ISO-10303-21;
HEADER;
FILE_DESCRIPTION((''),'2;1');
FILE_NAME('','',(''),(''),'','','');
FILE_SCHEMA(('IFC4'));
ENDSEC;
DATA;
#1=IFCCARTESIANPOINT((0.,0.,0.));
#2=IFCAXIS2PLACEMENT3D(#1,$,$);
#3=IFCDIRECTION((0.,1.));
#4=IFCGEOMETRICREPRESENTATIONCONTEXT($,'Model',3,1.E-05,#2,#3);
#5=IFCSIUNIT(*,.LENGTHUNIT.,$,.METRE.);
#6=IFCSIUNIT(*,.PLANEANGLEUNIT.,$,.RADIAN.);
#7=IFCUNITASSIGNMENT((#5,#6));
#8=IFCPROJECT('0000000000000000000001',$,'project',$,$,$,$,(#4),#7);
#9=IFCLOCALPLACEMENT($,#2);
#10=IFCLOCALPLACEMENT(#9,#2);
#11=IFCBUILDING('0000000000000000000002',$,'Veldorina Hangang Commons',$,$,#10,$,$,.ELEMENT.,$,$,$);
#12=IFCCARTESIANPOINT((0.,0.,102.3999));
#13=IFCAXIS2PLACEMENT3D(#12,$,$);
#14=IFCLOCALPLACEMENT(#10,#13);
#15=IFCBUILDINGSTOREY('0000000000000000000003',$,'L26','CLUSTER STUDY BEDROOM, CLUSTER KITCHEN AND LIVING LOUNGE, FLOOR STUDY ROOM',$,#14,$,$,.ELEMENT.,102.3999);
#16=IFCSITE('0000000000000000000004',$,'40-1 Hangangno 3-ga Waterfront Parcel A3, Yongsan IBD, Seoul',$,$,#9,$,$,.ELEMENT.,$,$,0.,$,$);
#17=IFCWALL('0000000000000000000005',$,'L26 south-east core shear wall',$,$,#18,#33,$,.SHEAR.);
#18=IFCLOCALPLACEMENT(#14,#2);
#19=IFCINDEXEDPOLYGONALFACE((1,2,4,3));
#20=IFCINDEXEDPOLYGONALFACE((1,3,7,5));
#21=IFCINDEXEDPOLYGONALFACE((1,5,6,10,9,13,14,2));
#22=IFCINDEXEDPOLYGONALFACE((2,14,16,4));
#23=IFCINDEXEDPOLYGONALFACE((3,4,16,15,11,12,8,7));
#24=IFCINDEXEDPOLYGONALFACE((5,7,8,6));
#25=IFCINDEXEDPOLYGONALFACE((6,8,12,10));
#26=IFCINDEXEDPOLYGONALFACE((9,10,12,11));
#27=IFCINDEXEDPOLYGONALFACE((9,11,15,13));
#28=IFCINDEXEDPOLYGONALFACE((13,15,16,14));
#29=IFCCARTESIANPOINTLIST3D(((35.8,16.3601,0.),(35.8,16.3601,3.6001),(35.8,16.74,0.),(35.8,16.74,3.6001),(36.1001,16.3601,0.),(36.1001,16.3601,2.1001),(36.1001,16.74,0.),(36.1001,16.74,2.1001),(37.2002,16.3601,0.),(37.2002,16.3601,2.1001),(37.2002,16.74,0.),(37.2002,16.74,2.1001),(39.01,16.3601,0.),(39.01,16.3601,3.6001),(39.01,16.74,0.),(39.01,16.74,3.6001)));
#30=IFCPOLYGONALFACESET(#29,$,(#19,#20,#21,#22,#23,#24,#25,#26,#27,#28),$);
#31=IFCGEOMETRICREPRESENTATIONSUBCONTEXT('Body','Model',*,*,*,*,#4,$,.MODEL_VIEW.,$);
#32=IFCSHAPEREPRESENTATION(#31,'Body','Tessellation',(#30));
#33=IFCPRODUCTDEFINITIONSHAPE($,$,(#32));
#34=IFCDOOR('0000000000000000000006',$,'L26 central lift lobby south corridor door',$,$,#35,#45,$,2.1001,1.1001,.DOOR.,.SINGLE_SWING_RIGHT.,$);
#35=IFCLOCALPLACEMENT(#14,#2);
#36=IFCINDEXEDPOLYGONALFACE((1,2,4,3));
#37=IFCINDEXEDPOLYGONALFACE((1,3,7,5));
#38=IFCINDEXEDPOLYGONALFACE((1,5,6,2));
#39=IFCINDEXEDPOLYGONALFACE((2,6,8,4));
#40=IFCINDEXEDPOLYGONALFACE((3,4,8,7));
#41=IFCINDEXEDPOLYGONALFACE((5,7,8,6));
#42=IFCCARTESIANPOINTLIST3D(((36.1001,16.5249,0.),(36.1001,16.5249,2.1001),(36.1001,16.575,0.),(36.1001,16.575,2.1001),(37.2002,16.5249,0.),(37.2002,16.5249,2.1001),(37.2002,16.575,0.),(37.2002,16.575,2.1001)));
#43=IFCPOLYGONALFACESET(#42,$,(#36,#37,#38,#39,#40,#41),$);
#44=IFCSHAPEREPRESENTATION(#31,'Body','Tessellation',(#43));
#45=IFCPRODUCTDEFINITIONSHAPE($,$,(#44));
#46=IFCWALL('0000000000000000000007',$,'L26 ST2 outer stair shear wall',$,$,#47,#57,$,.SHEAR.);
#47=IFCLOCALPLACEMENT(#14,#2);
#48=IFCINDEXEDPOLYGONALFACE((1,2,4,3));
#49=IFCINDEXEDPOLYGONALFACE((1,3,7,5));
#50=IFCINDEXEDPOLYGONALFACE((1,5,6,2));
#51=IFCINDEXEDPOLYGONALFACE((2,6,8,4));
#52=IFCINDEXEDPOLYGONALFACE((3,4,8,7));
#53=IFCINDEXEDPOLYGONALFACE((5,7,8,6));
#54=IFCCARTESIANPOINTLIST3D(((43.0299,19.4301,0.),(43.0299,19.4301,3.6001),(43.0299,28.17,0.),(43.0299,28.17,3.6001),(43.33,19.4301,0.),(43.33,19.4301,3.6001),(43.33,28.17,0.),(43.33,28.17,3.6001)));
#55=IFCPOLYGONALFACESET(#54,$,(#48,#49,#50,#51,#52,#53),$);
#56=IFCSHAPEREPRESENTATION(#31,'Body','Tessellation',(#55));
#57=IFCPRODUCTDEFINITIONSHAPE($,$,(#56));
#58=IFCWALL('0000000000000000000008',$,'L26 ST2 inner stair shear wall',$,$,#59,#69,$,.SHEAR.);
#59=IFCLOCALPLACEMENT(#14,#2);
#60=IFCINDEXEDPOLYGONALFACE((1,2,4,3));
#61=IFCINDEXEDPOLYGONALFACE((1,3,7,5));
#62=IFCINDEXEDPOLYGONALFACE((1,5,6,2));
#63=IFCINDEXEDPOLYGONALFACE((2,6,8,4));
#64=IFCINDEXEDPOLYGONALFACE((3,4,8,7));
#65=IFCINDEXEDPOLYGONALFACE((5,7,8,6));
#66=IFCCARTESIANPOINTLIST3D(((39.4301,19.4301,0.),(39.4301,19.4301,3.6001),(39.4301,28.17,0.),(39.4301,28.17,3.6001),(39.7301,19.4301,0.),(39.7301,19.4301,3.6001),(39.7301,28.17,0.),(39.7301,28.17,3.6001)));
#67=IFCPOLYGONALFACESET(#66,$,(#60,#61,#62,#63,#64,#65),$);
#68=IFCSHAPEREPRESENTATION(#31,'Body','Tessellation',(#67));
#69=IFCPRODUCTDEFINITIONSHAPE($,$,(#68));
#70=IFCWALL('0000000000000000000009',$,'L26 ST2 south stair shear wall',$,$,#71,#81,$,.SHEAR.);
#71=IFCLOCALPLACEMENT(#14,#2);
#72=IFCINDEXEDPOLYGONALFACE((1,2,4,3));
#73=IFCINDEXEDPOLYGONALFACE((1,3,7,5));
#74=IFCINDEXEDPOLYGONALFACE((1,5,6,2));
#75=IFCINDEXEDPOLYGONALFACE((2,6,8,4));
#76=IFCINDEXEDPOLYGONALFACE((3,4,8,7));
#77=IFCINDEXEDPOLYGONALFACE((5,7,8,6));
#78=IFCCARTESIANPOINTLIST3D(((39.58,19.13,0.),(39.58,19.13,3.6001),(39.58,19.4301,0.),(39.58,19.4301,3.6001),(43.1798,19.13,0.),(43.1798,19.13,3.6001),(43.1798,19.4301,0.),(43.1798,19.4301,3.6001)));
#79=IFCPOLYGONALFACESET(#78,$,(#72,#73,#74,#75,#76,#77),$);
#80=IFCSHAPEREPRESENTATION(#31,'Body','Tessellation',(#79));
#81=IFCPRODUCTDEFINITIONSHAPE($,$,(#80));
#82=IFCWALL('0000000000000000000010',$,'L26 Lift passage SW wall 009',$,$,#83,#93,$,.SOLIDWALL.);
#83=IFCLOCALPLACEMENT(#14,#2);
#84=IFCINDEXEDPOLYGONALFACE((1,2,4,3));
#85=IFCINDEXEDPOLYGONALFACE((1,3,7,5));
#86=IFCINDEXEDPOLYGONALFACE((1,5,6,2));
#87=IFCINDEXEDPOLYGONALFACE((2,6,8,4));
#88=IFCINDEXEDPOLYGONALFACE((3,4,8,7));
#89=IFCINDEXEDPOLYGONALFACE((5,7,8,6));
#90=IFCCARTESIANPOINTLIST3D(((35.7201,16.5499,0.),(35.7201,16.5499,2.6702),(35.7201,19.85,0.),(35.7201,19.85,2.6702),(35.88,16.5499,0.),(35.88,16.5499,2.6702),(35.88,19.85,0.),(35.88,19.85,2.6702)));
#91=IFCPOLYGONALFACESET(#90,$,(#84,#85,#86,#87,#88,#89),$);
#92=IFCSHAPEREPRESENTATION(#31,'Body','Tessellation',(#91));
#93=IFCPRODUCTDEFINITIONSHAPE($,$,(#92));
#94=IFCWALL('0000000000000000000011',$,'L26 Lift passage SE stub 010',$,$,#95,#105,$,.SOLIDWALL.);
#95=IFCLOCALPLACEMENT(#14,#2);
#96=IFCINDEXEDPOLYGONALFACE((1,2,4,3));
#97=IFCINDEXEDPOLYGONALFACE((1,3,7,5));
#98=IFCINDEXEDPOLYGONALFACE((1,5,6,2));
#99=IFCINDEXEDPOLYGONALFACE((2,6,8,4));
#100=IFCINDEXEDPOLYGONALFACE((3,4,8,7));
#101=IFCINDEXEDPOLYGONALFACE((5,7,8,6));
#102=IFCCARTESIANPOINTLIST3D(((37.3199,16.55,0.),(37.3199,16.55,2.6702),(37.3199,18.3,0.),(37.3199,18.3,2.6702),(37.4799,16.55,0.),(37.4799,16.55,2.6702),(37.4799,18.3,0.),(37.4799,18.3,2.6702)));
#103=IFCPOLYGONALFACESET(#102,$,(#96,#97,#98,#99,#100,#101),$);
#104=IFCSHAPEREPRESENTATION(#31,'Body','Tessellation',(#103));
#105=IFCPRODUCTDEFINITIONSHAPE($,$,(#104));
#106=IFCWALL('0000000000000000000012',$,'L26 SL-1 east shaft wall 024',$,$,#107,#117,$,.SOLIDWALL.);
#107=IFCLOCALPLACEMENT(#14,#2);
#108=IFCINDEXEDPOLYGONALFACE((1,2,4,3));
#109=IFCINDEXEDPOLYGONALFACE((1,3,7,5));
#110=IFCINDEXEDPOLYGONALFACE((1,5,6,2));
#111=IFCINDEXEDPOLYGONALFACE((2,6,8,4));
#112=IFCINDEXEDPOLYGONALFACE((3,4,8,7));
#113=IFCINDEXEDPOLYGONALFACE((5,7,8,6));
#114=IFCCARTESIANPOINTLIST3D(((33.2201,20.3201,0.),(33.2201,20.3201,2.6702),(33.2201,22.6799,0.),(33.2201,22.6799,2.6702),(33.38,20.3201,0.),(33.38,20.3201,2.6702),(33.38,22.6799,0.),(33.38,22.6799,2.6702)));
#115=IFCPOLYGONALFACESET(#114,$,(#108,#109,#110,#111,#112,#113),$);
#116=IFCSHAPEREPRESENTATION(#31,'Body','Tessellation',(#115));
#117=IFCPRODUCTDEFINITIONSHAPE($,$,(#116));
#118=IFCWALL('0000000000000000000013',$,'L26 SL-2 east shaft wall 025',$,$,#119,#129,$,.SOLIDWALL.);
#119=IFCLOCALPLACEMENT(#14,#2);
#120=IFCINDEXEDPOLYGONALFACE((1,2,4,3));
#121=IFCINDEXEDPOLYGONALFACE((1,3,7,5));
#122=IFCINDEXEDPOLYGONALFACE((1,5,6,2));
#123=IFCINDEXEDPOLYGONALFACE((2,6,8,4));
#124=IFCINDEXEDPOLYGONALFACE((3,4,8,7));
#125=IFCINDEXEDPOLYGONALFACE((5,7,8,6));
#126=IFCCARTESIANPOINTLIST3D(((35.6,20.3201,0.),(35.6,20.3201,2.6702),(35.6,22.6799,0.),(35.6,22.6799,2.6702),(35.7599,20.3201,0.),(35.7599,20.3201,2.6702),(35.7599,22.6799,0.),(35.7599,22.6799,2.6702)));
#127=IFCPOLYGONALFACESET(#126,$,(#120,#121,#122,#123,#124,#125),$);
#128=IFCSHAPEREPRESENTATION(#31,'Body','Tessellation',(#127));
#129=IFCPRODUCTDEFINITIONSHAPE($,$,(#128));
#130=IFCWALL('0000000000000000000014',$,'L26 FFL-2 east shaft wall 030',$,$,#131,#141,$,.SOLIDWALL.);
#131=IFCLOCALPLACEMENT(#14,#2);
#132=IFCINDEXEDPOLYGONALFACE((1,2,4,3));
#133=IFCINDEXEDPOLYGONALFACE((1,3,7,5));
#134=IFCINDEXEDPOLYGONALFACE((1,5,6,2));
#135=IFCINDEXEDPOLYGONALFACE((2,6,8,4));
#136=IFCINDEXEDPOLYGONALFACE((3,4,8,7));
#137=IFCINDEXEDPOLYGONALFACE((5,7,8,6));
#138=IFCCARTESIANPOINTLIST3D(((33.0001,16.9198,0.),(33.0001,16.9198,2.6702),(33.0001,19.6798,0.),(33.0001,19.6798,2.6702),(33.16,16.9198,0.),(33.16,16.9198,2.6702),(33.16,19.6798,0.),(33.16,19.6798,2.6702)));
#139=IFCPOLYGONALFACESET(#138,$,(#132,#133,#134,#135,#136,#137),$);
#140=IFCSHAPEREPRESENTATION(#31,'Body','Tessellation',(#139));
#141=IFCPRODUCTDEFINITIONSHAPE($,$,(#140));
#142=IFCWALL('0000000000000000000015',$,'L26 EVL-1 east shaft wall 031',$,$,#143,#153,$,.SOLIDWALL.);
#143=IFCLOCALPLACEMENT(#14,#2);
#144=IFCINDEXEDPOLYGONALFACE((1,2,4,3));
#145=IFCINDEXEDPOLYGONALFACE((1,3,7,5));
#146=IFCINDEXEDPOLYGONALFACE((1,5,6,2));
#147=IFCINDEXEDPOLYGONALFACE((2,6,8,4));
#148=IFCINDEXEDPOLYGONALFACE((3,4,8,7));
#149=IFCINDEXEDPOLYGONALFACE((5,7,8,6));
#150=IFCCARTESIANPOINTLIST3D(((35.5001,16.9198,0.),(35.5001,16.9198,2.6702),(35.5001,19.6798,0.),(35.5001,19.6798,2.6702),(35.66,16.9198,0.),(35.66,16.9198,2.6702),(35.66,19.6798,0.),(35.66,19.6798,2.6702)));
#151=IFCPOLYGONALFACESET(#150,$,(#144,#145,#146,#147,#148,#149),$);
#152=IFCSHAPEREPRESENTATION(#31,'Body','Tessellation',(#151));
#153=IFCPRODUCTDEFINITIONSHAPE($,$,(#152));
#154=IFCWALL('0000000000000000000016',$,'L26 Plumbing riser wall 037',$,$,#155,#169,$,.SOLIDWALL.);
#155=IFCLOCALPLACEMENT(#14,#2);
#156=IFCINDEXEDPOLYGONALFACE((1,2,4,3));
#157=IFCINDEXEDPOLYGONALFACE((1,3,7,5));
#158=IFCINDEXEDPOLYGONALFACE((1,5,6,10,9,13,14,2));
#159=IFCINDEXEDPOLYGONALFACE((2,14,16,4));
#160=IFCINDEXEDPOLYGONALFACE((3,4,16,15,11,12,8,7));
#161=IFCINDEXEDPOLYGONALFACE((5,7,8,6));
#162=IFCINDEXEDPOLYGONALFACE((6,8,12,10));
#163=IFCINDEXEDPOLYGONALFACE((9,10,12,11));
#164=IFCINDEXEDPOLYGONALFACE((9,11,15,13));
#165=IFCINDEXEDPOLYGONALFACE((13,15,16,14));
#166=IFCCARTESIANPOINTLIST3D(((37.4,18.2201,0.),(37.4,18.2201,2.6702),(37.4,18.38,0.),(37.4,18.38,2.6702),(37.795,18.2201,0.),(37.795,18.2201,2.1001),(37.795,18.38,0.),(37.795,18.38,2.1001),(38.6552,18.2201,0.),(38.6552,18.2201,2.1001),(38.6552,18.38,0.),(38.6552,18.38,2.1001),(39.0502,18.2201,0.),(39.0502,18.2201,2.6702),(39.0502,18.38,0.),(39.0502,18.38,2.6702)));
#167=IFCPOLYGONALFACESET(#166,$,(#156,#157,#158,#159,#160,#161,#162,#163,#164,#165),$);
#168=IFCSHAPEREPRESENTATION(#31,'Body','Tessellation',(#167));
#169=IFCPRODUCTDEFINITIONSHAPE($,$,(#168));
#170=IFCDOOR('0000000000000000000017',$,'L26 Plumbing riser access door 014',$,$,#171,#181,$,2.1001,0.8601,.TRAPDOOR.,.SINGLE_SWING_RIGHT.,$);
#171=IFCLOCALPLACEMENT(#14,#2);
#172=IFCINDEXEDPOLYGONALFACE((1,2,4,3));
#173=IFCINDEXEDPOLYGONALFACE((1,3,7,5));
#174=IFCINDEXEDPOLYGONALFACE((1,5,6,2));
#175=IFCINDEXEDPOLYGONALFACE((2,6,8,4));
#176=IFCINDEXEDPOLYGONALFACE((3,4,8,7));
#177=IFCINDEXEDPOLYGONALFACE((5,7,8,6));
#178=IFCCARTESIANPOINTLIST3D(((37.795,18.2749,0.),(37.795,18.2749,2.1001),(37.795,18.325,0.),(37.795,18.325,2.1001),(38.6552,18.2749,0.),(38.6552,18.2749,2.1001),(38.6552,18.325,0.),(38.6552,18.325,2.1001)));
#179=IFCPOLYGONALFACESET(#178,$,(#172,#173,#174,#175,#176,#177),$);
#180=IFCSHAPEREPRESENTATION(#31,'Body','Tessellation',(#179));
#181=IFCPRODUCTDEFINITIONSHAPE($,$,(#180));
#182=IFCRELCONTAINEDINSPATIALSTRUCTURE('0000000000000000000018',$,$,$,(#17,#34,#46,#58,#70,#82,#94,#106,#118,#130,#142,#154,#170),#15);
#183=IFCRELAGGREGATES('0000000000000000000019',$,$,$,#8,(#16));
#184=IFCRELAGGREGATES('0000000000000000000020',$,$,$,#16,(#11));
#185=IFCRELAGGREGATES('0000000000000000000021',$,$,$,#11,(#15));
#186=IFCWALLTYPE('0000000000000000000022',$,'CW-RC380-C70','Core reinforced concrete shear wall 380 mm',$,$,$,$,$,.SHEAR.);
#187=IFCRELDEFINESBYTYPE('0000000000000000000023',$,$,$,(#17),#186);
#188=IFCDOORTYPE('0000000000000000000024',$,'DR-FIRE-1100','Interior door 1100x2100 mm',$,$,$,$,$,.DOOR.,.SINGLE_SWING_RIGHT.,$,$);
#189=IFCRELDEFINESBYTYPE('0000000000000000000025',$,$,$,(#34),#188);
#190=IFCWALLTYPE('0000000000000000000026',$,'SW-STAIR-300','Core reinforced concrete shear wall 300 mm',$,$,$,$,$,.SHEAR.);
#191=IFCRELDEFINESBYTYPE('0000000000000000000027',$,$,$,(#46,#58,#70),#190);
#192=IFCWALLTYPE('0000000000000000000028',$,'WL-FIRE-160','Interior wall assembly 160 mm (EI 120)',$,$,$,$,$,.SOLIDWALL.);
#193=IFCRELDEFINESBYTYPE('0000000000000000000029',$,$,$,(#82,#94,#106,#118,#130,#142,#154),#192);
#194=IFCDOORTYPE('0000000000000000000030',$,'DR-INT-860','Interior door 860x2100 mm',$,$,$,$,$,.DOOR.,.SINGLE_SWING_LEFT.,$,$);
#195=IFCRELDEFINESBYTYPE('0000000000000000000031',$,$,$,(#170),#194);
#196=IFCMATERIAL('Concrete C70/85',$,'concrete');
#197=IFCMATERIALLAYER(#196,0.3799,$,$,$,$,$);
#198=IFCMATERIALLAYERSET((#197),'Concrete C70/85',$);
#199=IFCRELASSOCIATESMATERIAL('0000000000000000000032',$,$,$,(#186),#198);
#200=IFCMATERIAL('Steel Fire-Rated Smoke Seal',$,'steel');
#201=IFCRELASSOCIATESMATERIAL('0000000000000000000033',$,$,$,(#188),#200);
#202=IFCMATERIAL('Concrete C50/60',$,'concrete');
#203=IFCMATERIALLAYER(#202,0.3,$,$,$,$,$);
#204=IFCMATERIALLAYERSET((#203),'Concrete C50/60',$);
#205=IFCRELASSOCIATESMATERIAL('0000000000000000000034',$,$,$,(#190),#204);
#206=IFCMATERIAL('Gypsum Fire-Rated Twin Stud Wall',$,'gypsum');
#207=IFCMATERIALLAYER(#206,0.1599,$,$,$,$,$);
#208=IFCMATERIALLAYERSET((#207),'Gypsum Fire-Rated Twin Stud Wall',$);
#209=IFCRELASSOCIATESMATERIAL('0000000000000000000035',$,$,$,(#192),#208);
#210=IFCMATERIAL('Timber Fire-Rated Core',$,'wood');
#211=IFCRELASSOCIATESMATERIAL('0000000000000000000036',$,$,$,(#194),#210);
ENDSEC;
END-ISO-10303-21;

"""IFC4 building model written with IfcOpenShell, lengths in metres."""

from ifc_helpers import new_model, si_unit, direction, frame, frame_2d, origin, place, context, subcontext, project, spatial, rectangle, extrude, material, layer, layer_set, type_object, element, fill, save


model = new_model("IFC4")

# Units and contexts
model_context = context("Model", 3, precision=1e-05, world=origin(), true_north=direction((0.0, 1.0)))
body_context = subcontext(model_context, "Body", "Model", "MODEL_VIEW")
ifc_project = project(units=[si_unit("LENGTHUNIT", "METRE"), si_unit("PLANEANGLEUNIT", "RADIAN")], contexts=[model_context])

# Site, building, storey
site_placement = place(None, origin())
site = spatial("IfcSite", under=ifc_project, at=site_placement, Name="40-1 Hangangno 3-ga Waterfront Parcel A3, Yongsan IBD, Seoul", CompositionType="ELEMENT", RefElevation=0.0)
building_placement = place(site_placement, origin())
building = spatial("IfcBuilding", under=site, at=building_placement, Name="Veldorina Hangang Commons", CompositionType="ELEMENT")
storey_placement = place(building_placement, frame((0.0, 0.0, 102.3999)))
storey = spatial("IfcBuildingStorey", under=building, at=storey_placement, Name="L26", Description="CLUSTER STUDY BEDROOM, CLUSTER KITCHEN AND LIVING LOUNGE, FLOOR STUDY ROOM", CompositionType="ELEMENT", Elevation=102.3999)

# Shared definitions
ifc_material_1 = material(Name="Concrete C70/85", Category="concrete")

# Shared definitions
ifc_layer_1 = layer(ifc_material_1, 0.3799)
ifc_layer_set_1 = layer_set([ifc_layer_1], Name="Concrete C70/85")
wall_type_1 = type_object("IfcWallType", Name="CW-RC380-C70", Description="Core reinforced concrete shear wall 380 mm", PredefinedType="SHEAR", material=ifc_layer_set_1)

# Wall, opening, door
wall_1_placement = place(storey_placement, frame((35.8, 16.55, 0.0), z_axis=(0.0, 0.0, 1.0), x_axis=(1.0, 0.0, 0.0)))
wall_1 = element("IfcWall", 1, at=wall_1_placement, inside=storey, type_object=wall_type_1, Name="L26 south-east core shear wall", PredefinedType="SHEAR", context=body_context, shape_type="SweptSolid", body=[
    extrude(rectangle(XDim=3.21, YDim=0.3799, at=frame_2d((1.605, 0.0))), origin(), (0.0, 0.0, 1.0), 3.6001),
])
opening_1_placement = place(wall_1_placement, frame((0.3, 0.0, 0.0)))
opening_1 = element("IfcOpeningElement", 2, at=opening_1_placement, cuts=wall_1, PredefinedType="OPENING", context=body_context, shape_type="SweptSolid", body=[
    extrude(rectangle(XDim=1.1001, YDim=2.1001, at=frame_2d((0.55, 1.05))), frame((0.0, 0.2, 0.0), z_axis=(0.0, -1.0, 0.0), x_axis=(1.0, 0.0, 0.0)), (0.0, 0.0, 1.0), 0.3999),
])
ifc_material_2 = material(Name="Steel Fire-Rated Smoke Seal", Category="steel")
door_type_1 = type_object("IfcDoorType", Name="DR-FIRE-1100", Description="Interior door 1100x2100 mm", OperationType="SINGLE_SWING_RIGHT", PredefinedType="DOOR", material=ifc_material_2)
door_1_placement = place(opening_1_placement, origin())
door_1 = element("IfcDoor", 3, at=door_1_placement, inside=storey, type_object=door_type_1, Name="L26 central lift lobby south corridor door", OperationType="SINGLE_SWING_RIGHT", OverallHeight=2.1001, OverallWidth=1.1001, PredefinedType="DOOR", context=body_context, shape_type="SweptSolid", body=[
    extrude(rectangle(XDim=1.1001, YDim=2.1001, at=frame_2d((0.55, 1.05))), frame((0.0, 0.0249, 0.0), z_axis=(0.0, -1.0, 0.0), x_axis=(1.0, 0.0, 0.0)), (0.0, 0.0, 1.0), 0.05),
])
fill(opening_1, door_1)

# Walls
ifc_material_3 = material(Name="Concrete C50/60", Category="concrete")
ifc_layer_2 = layer(ifc_material_3, 0.3)
ifc_layer_set_2 = layer_set([ifc_layer_2], Name="Concrete C50/60")
wall_type_2 = type_object("IfcWallType", Name="SW-STAIR-300", Description="Core reinforced concrete shear wall 300 mm", PredefinedType="SHEAR", material=ifc_layer_set_2)
for number, where, z_axis, x_axis, name in (
    (4, (43.1799, 19.4299, 0.0), (0.0, 0.0, 1.0), (0.0, 1.0, 0.0), "L26 ST2 outer stair shear wall"),
    (5, (39.5801, 19.4299, 0.0), (0.0, 0.0, 1.0), (0.0, 1.0, 0.0), "L26 ST2 inner stair shear wall"),
):
    element("IfcWall", number, at=place(storey_placement, frame(where, z_axis=z_axis, x_axis=x_axis)), inside=storey, type_object=wall_type_2, Name=name, PredefinedType="SHEAR", context=body_context, shape_type="SweptSolid", body=[
        extrude(rectangle(XDim=8.74, YDim=0.3, at=frame_2d((4.3701, 0.0))), origin(), (0.0, 0.0, 1.0), 3.6001),
    ])
wall_2_placement = place(storey_placement, frame((39.5801, 19.28, 0.0), z_axis=(0.0, 0.0, 1.0), x_axis=(1.0, 0.0, 0.0)))
element("IfcWall", 6, at=wall_2_placement, inside=storey, type_object=wall_type_2, Name="L26 ST2 south stair shear wall", PredefinedType="SHEAR", context=body_context, shape_type="SweptSolid", body=[
    extrude(rectangle(XDim=3.5999, YDim=0.3, at=frame_2d((1.7998, 0.0))), origin(), (0.0, 0.0, 1.0), 3.6001),
])
ifc_material_4 = material(Name="Gypsum Fire-Rated Twin Stud Wall", Category="gypsum")
ifc_layer_3 = layer(ifc_material_4, 0.1599)
ifc_layer_set_3 = layer_set([ifc_layer_3], Name="Gypsum Fire-Rated Twin Stud Wall")
wall_type_3 = type_object("IfcWallType", Name="WL-FIRE-160", Description="Interior wall assembly 160 mm (EI 120)", PredefinedType="SOLIDWALL", material=ifc_layer_set_3)
wall_3_placement = place(storey_placement, frame((35.8, 16.55, 0.0), z_axis=(0.0, 0.0, 1.0), x_axis=(0.0, 1.0, 0.0)))
element("IfcWall", 7, at=wall_3_placement, inside=storey, type_object=wall_type_3, Name="L26 Lift passage SW wall 009", PredefinedType="SOLIDWALL", context=body_context, shape_type="SweptSolid", body=[
    extrude(rectangle(XDim=3.3, YDim=0.1599, at=frame_2d((1.6499, 0.0))), origin(), (0.0, 0.0, 1.0), 2.6702),
])
wall_4_placement = place(storey_placement, frame((37.3999, 16.55, 0.0), z_axis=(0.0, 0.0, 1.0), x_axis=(0.0, 1.0, 0.0)))
element("IfcWall", 8, at=wall_4_placement, inside=storey, type_object=wall_type_3, Name="L26 Lift passage SE stub 010", PredefinedType="SOLIDWALL", context=body_context, shape_type="SweptSolid", body=[
    extrude(rectangle(XDim=1.75, YDim=0.1599, at=frame_2d((0.875, 0.0))), origin(), (0.0, 0.0, 1.0), 2.6702),
])
for number, where, z_axis, x_axis, name in (
    (9, (33.3, 20.3201, 0.0), (0.0, 0.0, 1.0), (0.0, 1.0, 0.0), "L26 SL-1 east shaft wall 024"),
    (10, (35.6799, 20.3201, 0.0), (0.0, 0.0, 1.0), (0.0, 1.0, 0.0), "L26 SL-2 east shaft wall 025"),
):
    element("IfcWall", number, at=place(storey_placement, frame(where, z_axis=z_axis, x_axis=x_axis)), inside=storey, type_object=wall_type_3, Name=name, PredefinedType="SOLIDWALL", context=body_context, shape_type="SweptSolid", body=[
        extrude(rectangle(XDim=2.3599, YDim=0.1599, at=frame_2d((1.1799, 0.0))), origin(), (0.0, 0.0, 1.0), 2.6702),
    ])
for number, where, z_axis, x_axis, name in (
    (11, (33.0801, 16.9199, 0.0), (0.0, 0.0, 1.0), (0.0, 1.0, 0.0), "L26 FFL-2 east shaft wall 030"),
    (12, (35.5801, 16.9199, 0.0), (0.0, 0.0, 1.0), (0.0, 1.0, 0.0), "L26 EVL-1 east shaft wall 031"),
):
    element("IfcWall", number, at=place(storey_placement, frame(where, z_axis=z_axis, x_axis=x_axis)), inside=storey, type_object=wall_type_3, Name=name, PredefinedType="SOLIDWALL", context=body_context, shape_type="SweptSolid", body=[
        extrude(rectangle(XDim=2.76, YDim=0.1599, at=frame_2d((1.3799, 0.0))), origin(), (0.0, 0.0, 1.0), 2.6702),
    ])

# Wall, opening, door
wall_5_placement = place(storey_placement, frame((37.3999, 18.3, 0.0), z_axis=(0.0, 0.0, 1.0), x_axis=(1.0, 0.0, 0.0)))
wall_5 = element("IfcWall", 13, at=wall_5_placement, inside=storey, type_object=wall_type_3, Name="L26 Plumbing riser wall 037", PredefinedType="SOLIDWALL", context=body_context, shape_type="SweptSolid", body=[
    extrude(rectangle(XDim=1.6501, YDim=0.1599, at=frame_2d((0.8252, 0.0))), origin(), (0.0, 0.0, 1.0), 2.6702),
])
opening_2_placement = place(wall_5_placement, frame((0.395, 0.0, 0.0)))
opening_2 = element("IfcOpeningElement", 14, at=opening_2_placement, cuts=wall_5, PredefinedType="OPENING", context=body_context, shape_type="SweptSolid", body=[
    extrude(rectangle(XDim=0.8601, YDim=2.1001, at=frame_2d((0.4302, 1.05))), frame((0.0, 0.0898, 0.0), z_axis=(0.0, -1.0, 0.0), x_axis=(1.0, 0.0, 0.0)), (0.0, 0.0, 1.0), 0.1799),
])
ifc_material_5 = material(Name="Timber Fire-Rated Core", Category="wood")
door_type_2 = type_object("IfcDoorType", Name="DR-INT-860", Description="Interior door 860x2100 mm", OperationType="SINGLE_SWING_LEFT", PredefinedType="DOOR", material=ifc_material_5)
door_2_placement = place(opening_2_placement, origin())
door_2 = element("IfcDoor", 15, at=door_2_placement, inside=storey, type_object=door_type_2, Name="L26 Plumbing riser access door 014", OperationType="SINGLE_SWING_RIGHT", OverallHeight=2.1001, OverallWidth=0.8601, PredefinedType="TRAPDOOR", context=body_context, shape_type="SweptSolid", body=[
    extrude(rectangle(XDim=0.8601, YDim=2.1001, at=frame_2d((0.4302, 1.05))), frame((0.0, 0.0249, 0.0), z_axis=(0.0, -1.0, 0.0), x_axis=(1.0, 0.0, 0.0)), (0.0, 0.0, 1.0), 0.05),
])
fill(opening_2, door_2)

save(model, "model.ifc")
